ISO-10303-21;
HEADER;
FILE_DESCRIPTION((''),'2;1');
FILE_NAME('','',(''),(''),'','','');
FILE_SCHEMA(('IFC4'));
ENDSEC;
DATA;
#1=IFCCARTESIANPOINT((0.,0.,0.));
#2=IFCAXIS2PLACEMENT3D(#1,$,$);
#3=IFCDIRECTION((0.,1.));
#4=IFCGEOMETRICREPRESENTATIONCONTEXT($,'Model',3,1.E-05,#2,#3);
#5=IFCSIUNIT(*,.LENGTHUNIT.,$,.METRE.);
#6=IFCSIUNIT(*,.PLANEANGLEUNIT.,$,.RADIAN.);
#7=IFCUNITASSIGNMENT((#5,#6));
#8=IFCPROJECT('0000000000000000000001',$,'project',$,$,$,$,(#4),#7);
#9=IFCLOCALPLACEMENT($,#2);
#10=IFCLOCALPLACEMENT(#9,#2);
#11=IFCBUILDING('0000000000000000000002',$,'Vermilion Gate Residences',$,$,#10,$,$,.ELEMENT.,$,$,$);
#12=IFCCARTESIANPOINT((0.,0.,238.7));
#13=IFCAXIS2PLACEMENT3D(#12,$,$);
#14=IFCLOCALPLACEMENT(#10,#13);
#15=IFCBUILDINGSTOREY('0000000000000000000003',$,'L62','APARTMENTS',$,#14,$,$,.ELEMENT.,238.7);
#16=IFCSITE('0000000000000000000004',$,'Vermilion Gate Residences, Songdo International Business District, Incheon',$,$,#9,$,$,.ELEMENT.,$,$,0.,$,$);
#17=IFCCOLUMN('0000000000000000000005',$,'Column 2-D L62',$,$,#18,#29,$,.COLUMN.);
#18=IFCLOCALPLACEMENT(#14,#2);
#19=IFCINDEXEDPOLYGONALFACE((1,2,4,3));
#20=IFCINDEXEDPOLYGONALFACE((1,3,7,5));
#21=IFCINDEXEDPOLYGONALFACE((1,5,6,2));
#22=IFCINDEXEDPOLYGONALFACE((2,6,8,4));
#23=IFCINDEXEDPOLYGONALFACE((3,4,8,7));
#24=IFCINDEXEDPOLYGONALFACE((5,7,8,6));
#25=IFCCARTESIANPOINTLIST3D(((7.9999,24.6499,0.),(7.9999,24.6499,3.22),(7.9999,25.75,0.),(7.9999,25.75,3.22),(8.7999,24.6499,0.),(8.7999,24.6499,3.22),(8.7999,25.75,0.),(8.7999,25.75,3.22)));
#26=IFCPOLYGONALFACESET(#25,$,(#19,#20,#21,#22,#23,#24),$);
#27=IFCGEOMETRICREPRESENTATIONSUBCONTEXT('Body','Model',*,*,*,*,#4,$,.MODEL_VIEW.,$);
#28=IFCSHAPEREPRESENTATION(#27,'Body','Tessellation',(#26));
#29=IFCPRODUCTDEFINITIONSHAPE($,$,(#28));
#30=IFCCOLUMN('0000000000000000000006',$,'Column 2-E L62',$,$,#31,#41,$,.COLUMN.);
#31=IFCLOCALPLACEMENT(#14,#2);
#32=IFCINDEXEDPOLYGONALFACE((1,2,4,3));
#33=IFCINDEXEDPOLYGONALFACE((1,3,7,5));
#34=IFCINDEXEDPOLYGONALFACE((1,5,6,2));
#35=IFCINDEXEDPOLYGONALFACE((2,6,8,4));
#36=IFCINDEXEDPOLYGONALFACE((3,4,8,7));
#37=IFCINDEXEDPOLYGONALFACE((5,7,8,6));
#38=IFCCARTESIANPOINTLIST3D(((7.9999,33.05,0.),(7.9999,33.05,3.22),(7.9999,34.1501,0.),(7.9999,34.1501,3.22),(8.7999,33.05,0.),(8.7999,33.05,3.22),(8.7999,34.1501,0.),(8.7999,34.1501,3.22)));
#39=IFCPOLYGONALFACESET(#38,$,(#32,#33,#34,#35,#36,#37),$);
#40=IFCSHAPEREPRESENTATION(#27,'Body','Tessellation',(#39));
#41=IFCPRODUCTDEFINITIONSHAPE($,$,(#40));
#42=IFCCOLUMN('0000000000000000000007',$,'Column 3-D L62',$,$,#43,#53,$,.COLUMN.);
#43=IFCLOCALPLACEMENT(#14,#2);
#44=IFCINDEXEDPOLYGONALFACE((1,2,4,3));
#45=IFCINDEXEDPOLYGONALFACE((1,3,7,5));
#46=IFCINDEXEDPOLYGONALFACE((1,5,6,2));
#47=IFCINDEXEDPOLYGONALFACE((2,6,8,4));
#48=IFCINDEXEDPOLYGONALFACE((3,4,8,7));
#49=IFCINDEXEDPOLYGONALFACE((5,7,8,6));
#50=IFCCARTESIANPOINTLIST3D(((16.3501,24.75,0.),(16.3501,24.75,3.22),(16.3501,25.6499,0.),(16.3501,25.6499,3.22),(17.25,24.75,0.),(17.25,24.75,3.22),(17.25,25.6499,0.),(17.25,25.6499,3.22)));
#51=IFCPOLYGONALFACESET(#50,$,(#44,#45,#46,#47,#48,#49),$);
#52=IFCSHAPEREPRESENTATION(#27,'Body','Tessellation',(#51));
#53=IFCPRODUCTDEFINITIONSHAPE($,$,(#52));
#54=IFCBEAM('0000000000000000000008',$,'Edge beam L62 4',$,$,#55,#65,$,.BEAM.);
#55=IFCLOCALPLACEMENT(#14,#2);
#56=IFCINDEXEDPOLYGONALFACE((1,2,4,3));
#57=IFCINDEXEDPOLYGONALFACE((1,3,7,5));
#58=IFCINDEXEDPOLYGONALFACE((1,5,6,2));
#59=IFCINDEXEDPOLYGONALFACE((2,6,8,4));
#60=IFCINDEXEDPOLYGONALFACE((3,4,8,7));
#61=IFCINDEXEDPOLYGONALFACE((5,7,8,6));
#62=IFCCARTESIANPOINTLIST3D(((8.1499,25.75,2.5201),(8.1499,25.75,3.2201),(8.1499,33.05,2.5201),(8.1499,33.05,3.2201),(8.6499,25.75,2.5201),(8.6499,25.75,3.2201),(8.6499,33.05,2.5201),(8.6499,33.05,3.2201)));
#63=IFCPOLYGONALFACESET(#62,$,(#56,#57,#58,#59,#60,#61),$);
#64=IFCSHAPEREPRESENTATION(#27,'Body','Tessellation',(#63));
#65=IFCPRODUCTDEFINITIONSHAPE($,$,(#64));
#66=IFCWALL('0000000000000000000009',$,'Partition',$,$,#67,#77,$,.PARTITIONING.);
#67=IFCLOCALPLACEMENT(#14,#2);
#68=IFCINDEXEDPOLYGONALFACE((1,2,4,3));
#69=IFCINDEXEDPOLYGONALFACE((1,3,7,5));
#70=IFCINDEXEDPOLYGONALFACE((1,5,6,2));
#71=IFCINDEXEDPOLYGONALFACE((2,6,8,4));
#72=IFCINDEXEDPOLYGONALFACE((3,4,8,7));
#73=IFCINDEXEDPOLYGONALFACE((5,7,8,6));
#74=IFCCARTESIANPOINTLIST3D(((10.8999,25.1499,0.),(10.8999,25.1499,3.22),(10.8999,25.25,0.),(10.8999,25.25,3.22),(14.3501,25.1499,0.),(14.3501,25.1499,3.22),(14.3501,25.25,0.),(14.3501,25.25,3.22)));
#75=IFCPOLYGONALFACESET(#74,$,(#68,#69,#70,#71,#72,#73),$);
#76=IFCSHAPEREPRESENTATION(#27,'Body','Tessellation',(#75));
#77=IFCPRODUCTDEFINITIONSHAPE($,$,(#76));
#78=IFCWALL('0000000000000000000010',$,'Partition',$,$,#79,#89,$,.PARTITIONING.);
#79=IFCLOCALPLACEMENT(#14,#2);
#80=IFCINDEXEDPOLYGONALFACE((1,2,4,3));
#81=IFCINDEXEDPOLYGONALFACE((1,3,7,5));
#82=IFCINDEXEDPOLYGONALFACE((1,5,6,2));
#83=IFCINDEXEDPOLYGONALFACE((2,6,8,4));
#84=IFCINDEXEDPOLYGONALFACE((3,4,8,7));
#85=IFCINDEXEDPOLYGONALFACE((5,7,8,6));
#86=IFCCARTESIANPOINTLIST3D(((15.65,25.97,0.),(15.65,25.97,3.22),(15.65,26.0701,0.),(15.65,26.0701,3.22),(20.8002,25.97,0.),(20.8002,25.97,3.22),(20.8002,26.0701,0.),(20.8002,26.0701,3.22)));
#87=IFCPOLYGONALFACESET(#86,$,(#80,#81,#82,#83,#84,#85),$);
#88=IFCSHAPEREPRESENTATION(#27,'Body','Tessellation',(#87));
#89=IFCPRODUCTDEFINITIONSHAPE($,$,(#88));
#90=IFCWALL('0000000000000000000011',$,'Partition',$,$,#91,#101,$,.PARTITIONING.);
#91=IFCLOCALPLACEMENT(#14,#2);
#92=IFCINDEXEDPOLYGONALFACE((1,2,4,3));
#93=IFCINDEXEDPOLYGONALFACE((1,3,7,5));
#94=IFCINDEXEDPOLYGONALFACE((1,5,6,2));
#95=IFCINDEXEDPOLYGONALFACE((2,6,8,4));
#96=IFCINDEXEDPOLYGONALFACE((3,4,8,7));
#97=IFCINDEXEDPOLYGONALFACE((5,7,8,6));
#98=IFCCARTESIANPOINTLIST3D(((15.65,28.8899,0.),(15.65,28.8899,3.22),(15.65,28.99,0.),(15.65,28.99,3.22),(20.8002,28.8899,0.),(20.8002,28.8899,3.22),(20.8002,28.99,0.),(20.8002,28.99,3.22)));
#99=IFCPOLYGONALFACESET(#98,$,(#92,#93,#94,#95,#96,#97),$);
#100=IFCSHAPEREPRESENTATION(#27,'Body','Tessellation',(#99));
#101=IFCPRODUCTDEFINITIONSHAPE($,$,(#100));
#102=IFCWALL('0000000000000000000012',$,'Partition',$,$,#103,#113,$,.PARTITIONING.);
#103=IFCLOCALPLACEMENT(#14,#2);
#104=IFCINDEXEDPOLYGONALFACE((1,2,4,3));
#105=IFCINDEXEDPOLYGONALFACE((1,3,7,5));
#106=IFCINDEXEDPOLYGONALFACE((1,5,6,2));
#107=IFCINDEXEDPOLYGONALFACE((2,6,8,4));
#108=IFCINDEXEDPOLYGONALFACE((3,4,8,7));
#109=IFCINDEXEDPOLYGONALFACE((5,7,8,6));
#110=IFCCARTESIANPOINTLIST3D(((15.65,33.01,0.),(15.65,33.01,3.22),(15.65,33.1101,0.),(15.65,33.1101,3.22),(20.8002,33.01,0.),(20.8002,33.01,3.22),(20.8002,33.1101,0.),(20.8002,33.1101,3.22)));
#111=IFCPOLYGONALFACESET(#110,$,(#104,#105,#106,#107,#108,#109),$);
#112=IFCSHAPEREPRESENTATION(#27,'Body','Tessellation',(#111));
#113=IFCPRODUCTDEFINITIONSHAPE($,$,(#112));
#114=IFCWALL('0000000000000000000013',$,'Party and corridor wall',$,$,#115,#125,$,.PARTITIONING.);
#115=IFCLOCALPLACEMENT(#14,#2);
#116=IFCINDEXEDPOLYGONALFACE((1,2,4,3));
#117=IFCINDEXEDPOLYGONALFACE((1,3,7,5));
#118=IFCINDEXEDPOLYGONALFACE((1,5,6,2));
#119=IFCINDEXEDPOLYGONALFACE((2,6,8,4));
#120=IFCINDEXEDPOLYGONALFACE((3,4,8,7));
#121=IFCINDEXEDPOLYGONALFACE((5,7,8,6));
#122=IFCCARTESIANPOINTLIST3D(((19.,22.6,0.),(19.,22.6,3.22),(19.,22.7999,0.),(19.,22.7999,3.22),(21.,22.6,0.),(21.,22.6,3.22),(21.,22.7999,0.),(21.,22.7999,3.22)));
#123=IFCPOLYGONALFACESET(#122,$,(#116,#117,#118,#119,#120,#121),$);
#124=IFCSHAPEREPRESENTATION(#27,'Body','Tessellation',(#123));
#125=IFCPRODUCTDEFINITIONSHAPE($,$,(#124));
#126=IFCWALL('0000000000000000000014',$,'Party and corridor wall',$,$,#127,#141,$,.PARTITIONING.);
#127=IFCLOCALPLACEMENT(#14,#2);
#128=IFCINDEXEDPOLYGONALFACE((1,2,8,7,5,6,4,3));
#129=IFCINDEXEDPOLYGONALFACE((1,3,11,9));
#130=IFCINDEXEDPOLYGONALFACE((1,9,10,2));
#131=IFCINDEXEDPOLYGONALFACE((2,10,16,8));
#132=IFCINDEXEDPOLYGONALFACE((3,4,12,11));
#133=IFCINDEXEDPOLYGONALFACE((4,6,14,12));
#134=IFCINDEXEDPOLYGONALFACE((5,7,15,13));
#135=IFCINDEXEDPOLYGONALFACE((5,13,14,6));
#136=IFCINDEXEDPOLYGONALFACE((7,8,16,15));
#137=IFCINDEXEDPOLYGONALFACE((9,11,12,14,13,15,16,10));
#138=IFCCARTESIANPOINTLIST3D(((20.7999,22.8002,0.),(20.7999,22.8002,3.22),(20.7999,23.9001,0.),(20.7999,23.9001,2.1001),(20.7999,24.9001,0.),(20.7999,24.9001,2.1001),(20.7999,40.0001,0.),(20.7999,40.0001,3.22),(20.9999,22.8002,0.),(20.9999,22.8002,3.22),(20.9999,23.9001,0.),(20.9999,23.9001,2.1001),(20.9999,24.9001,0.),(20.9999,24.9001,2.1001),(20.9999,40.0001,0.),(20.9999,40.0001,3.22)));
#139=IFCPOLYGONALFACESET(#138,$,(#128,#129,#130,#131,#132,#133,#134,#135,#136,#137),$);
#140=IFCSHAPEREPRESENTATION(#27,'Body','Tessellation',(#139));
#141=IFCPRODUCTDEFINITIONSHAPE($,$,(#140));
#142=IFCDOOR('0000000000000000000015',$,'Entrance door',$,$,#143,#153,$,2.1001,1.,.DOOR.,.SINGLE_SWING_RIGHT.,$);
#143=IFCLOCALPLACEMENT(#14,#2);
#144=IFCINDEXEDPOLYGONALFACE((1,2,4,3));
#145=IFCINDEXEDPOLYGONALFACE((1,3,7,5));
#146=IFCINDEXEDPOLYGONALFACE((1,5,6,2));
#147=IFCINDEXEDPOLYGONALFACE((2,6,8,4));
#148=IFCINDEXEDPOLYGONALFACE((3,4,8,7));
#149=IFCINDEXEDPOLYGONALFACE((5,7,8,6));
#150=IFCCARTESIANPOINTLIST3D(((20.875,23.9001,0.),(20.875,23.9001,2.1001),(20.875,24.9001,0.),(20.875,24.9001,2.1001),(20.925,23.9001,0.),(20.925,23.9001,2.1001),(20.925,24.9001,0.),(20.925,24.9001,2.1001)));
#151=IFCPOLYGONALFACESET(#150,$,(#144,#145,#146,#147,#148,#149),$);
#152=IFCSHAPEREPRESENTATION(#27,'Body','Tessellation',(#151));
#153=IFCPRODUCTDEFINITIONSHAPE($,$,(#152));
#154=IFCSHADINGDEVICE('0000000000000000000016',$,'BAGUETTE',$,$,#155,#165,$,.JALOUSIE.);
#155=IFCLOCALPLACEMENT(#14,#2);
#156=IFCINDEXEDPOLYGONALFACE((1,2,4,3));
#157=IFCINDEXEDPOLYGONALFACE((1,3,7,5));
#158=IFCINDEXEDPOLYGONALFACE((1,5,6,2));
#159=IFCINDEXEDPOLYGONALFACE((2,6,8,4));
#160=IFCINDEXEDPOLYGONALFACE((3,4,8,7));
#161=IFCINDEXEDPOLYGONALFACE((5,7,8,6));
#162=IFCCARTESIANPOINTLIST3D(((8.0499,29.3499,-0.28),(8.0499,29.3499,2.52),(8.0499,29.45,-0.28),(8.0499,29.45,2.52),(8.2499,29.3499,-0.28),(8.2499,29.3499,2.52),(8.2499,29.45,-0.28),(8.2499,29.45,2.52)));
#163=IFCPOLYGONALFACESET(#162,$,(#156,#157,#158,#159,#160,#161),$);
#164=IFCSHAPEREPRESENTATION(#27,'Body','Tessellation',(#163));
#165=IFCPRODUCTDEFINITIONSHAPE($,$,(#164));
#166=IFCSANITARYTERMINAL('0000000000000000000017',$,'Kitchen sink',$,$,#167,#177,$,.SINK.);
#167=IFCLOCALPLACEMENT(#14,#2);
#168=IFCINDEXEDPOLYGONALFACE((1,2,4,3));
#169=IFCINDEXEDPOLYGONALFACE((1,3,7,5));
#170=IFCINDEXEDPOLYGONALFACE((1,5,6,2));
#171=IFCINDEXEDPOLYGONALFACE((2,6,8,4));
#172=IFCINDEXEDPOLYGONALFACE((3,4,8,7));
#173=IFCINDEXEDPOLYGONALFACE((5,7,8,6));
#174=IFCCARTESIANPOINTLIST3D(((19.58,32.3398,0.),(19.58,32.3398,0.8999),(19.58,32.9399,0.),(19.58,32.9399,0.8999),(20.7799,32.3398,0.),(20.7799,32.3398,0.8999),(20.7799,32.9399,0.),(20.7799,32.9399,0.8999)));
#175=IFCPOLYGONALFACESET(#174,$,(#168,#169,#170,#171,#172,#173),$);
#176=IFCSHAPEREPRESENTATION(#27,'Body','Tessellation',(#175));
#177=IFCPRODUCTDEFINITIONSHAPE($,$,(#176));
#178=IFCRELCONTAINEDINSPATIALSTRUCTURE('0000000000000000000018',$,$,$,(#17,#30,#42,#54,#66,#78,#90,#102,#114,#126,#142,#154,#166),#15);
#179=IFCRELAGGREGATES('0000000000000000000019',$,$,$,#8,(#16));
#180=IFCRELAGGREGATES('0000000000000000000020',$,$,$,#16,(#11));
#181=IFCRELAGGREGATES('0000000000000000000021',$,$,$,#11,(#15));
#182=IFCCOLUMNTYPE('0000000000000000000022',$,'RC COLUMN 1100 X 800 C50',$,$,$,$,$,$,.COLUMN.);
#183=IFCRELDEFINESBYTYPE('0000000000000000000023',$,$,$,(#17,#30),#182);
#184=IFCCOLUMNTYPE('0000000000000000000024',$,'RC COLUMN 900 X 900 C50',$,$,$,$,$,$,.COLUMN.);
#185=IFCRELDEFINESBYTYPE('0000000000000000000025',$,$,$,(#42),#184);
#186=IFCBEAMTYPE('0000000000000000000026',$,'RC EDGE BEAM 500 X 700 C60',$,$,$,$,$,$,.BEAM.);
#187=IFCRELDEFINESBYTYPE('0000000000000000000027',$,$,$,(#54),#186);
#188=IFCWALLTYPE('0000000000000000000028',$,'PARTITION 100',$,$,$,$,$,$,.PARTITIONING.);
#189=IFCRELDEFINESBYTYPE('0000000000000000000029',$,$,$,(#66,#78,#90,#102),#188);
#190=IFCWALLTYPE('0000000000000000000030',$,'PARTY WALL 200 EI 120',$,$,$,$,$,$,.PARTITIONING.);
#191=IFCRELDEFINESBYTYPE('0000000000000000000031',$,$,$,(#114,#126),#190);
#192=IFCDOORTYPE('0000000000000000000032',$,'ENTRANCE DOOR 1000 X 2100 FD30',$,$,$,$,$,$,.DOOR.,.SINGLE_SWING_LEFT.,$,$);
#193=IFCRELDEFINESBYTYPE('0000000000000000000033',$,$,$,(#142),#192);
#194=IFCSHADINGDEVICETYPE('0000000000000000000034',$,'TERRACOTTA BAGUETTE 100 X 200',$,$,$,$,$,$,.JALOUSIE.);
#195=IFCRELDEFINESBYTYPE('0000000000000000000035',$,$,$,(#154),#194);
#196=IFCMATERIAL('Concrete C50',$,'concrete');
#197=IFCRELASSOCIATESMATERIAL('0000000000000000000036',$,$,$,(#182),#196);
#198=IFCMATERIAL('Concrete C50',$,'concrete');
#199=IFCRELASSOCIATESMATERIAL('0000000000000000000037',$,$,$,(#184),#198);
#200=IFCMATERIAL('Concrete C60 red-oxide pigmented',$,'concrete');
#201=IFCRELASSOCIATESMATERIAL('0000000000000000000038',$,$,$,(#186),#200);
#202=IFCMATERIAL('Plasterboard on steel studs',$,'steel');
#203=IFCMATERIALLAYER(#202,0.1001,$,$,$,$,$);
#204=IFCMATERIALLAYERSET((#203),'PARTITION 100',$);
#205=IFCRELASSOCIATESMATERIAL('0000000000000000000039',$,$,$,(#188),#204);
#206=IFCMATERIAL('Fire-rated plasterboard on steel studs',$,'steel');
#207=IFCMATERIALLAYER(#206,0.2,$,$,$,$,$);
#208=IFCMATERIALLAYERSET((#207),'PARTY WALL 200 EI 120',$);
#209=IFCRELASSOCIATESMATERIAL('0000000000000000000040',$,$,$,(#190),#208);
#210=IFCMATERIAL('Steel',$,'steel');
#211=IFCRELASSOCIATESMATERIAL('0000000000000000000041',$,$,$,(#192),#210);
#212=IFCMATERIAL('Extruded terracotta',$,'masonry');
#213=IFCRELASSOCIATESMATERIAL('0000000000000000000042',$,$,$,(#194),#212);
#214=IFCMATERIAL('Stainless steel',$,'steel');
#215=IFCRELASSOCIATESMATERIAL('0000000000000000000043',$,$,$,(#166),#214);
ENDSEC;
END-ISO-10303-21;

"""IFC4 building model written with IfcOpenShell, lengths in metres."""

from ifc_helpers import new_model, si_unit, direction, frame, frame_2d, origin, origin_2d, place, context, subcontext, project, spatial, rectangle, extrude, material, layer, layer_set, material_profile, profile_set, type_object, element, fill, save


model = new_model("IFC4")

# Units and contexts
model_context = context("Model", 3, precision=1e-05, world=origin(), true_north=direction((0.0, 1.0)))
body_context = subcontext(model_context, "Body", "Model", "MODEL_VIEW")
ifc_project = project(units=[si_unit("LENGTHUNIT", "METRE"), si_unit("PLANEANGLEUNIT", "RADIAN")], contexts=[model_context])

# Site, building, storey
site_placement = place(None, origin())
site = spatial("IfcSite", under=ifc_project, at=site_placement, Name="Vermilion Gate Residences, Songdo International Business District, Incheon", CompositionType="ELEMENT", RefElevation=0.0)
building_placement = place(site_placement, origin())
building = spatial("IfcBuilding", under=site, at=building_placement, Name="Vermilion Gate Residences", CompositionType="ELEMENT")
storey_placement = place(building_placement, frame((0.0, 0.0, 238.7)))
storey = spatial("IfcBuildingStorey", under=building, at=storey_placement, Name="L62", Description="APARTMENTS", CompositionType="ELEMENT", Elevation=238.7)

# Columns
ifc_material_1 = material(Name="Concrete C50", Category="concrete")
ifc_material_profile_1 = material_profile(ifc_material_1, rectangle(XDim=1.1001, YDim=0.8, at=origin_2d()), Name="RC-1100x800")
ifc_profile_set_1 = profile_set([ifc_material_profile_1], Name="Concrete C50")
column_type_1 = type_object("IfcColumnType", Name="RC COLUMN 1100 X 800 C50", PredefinedType="COLUMN", material=ifc_profile_set_1)
for number, where, z_axis, x_axis, name in (
    (1, (8.3999, 25.2, 0.0), (0.0, 0.0, 1.0), (0.0, 1.0, 0.0), "Column 2-D L62"),
    (2, (8.3999, 33.6001, 0.0), (0.0, 0.0, 1.0), (0.0, 1.0, 0.0), "Column 2-E L62"),
):
    element("IfcColumn", number, at=place(storey_placement, frame(where, z_axis=z_axis, x_axis=x_axis)), inside=storey, type_object=column_type_1, Name=name, PredefinedType="COLUMN", context=body_context, shape_type="SweptSolid", body=[
        extrude(rectangle(XDim=1.1001, YDim=0.8, at=origin_2d()), origin(), (0.0, 0.0, 1.0), 3.22),
    ])
ifc_material_2 = material(Name="Concrete C50", Category="concrete")
ifc_material_profile_2 = material_profile(ifc_material_2, rectangle(XDim=0.8999, YDim=0.8999, at=origin_2d()), Name="RC-900x900")
ifc_profile_set_2 = profile_set([ifc_material_profile_2], Name="Concrete C50")
column_type_2 = type_object("IfcColumnType", Name="RC COLUMN 900 X 900 C50", PredefinedType="COLUMN", material=ifc_profile_set_2)
column_placement = place(storey_placement, frame((16.8, 25.2, 0.0), z_axis=(0.0, 0.0, 1.0), x_axis=(1.0, 0.0, 0.0)))
element("IfcColumn", 3, at=column_placement, inside=storey, type_object=column_type_2, Name="Column 3-D L62", PredefinedType="COLUMN", context=body_context, shape_type="SweptSolid", body=[
    extrude(rectangle(XDim=0.8999, YDim=0.8999, at=origin_2d()), origin(), (0.0, 0.0, 1.0), 3.22),
])

# Beam
ifc_material_3 = material(Name="Concrete C60 red-oxide pigmented", Category="concrete")
ifc_material_profile_3 = material_profile(ifc_material_3, rectangle(XDim=0.5, YDim=0.7, at=origin_2d()), Name="RC-500x700")
ifc_profile_set_3 = profile_set([ifc_material_profile_3], Name="Concrete C60 red-oxide pigmented")
beam_type = type_object("IfcBeamType", Name="RC EDGE BEAM 500 X 700 C60", PredefinedType="BEAM", material=ifc_profile_set_3)
beam_placement = place(storey_placement, frame((8.3999, 25.75, 2.8701), z_axis=(0.0, 1.0, 0.0), x_axis=(-1.0, 0.0, 0.0)))
element("IfcBeam", 4, at=beam_placement, inside=storey, type_object=beam_type, Name="Edge beam L62 4", PredefinedType="BEAM", context=body_context, shape_type="SweptSolid", body=[
    extrude(rectangle(XDim=0.5, YDim=0.7, at=origin_2d()), origin(), (0.0, 0.0, 1.0), 7.3),
])

# Walls
ifc_material_4 = material(Name="Plasterboard on steel studs", Category="steel")
ifc_layer_1 = layer(ifc_material_4, 0.1001)
ifc_layer_set_1 = layer_set([ifc_layer_1], Name="PARTITION 100")
wall_type_1 = type_object("IfcWallType", Name="PARTITION 100", PredefinedType="PARTITIONING", material=ifc_layer_set_1)
wall_1_placement = place(storey_placement, frame((10.8999, 25.2, 0.0), z_axis=(0.0, 0.0, 1.0), x_axis=(1.0, 0.0, 0.0)))
element("IfcWall", 5, at=wall_1_placement, inside=storey, type_object=wall_type_1, Name="Partition", PredefinedType="PARTITIONING", context=body_context, shape_type="SweptSolid", body=[
    extrude(rectangle(XDim=3.4502, YDim=0.1001, at=frame_2d((1.7251, 0.0))), origin(), (0.0, 0.0, 1.0), 3.22),
])
for number, where, z_axis, x_axis, name in (
    (6, (15.6499, 26.02, 0.0), (0.0, 0.0, 1.0), (1.0, 0.0, 0.0), "Partition"),
    (7, (15.6499, 28.9399, 0.0), (0.0, 0.0, 1.0), (1.0, 0.0, 0.0), "Partition"),
    (8, (15.6499, 33.0601, 0.0), (0.0, 0.0, 1.0), (1.0, 0.0, 0.0), "Partition"),
):
    element("IfcWall", number, at=place(storey_placement, frame(where, z_axis=z_axis, x_axis=x_axis)), inside=storey, type_object=wall_type_1, Name=name, PredefinedType="PARTITIONING", context=body_context, shape_type="SweptSolid", body=[
        extrude(rectangle(XDim=5.1501, YDim=0.1001, at=frame_2d((2.5752, 0.0))), origin(), (0.0, 0.0, 1.0), 3.22),
    ])
ifc_material_5 = material(Name="Fire-rated plasterboard on steel studs", Category="steel")
ifc_layer_2 = layer(ifc_material_5, 0.2)
ifc_layer_set_2 = layer_set([ifc_layer_2], Name="PARTY WALL 200 EI 120")
wall_type_2 = type_object("IfcWallType", Name="PARTY WALL 200 EI 120", PredefinedType="PARTITIONING", material=ifc_layer_set_2)
wall_2_placement = place(storey_placement, frame((19.0, 22.7, 0.0), z_axis=(0.0, 0.0, 1.0), x_axis=(1.0, 0.0, 0.0)))
element("IfcWall", 9, at=wall_2_placement, inside=storey, type_object=wall_type_2, Name="Party and corridor wall", PredefinedType="PARTITIONING", context=body_context, shape_type="SweptSolid", body=[
    extrude(rectangle(XDim=2.0, YDim=0.2, at=frame_2d((1.0, 0.0))), origin(), (0.0, 0.0, 1.0), 3.22),
])

# Wall, opening, door
wall_3_placement = place(storey_placement, frame((20.8999, 22.8, 0.0), z_axis=(0.0, 0.0, 1.0), x_axis=(0.0, 1.0, 0.0)))
wall_3 = element("IfcWall", 10, at=wall_3_placement, inside=storey, type_object=wall_type_2, Name="Party and corridor wall", PredefinedType="PARTITIONING", context=body_context, shape_type="SweptSolid", body=[
    extrude(rectangle(XDim=17.2, YDim=0.2, at=frame_2d((8.6001, 0.0))), origin(), (0.0, 0.0, 1.0), 3.22),
])
opening_placement = place(wall_3_placement, frame((1.1001, 0.0, 0.0)))
opening = element("IfcOpeningElement", 11, at=opening_placement, cuts=wall_3, PredefinedType="OPENING", context=body_context, shape_type="SweptSolid", body=[
    extrude(rectangle(XDim=1.0, YDim=2.1001, at=frame_2d((0.5, 1.05))), frame((0.0, 0.1099, 0.0), z_axis=(0.0, -1.0, 0.0), x_axis=(1.0, 0.0, 0.0)), (0.0, 0.0, 1.0), 0.22),
])
ifc_material_6 = material(Name="Steel", Category="steel")
door_type = type_object("IfcDoorType", Name="ENTRANCE DOOR 1000 X 2100 FD30", OperationType="SINGLE_SWING_LEFT", PredefinedType="DOOR", material=ifc_material_6)
door_placement = place(opening_placement, origin())
door = element("IfcDoor", 12, at=door_placement, inside=storey, type_object=door_type, Name="Entrance door", OperationType="SINGLE_SWING_RIGHT", OverallHeight=2.1001, OverallWidth=1.0, PredefinedType="DOOR", context=body_context, shape_type="SweptSolid", body=[
    extrude(rectangle(XDim=1.0, YDim=2.1001, at=frame_2d((0.5, 1.05))), frame((0.0, 0.0249, 0.0), z_axis=(0.0, -1.0, 0.0), x_axis=(1.0, 0.0, 0.0)), (0.0, 0.0, 1.0), 0.05),
])
fill(opening, door)

# Shading device
ifc_material_7 = material(Name="Extruded terracotta", Category="masonry")
ifc_material_profile_4 = material_profile(ifc_material_7, rectangle(XDim=0.2, YDim=0.1001, at=origin_2d()), Name="BAGUETTE 100 X 200")
ifc_profile_set_4 = profile_set([ifc_material_profile_4], Name="Extruded terracotta")
shading_device_type = type_object("IfcShadingDeviceType", Name="TERRACOTTA BAGUETTE 100 X 200", PredefinedType="JALOUSIE", material=ifc_profile_set_4)
shading_device_placement = place(storey_placement, frame((8.1499, 29.3999, -0.28), z_axis=(0.0, 0.0, 1.0), x_axis=(1.0, 0.0, 0.0)))
element("IfcShadingDevice", 13, at=shading_device_placement, inside=storey, type_object=shading_device_type, Name="BAGUETTE", PredefinedType="JALOUSIE", context=body_context, shape_type="SweptSolid", body=[
    extrude(rectangle(XDim=0.2, YDim=0.1001, at=origin_2d()), origin(), (0.0, 0.0, 1.0), 2.8),
])

# Sanitary terminal
ifc_material_8 = material(Name="Stainless steel", Category="steel")
sanitary_terminal_1_placement = place(storey_placement, frame((20.1799, 32.6399, 0.0), z_axis=(0.0, 0.0, 1.0), x_axis=(1.0, 0.0, 0.0)))
element("IfcSanitaryTerminal", 14, at=sanitary_terminal_1_placement, inside=storey, material=ifc_material_8, Name="Kitchen sink", PredefinedType="SINK", context=body_context, shape_type="SweptSolid", body=[
    extrude(rectangle(XDim=1.2, YDim=0.6001, at=origin_2d()), origin(), (0.0, 0.0, 1.0), 0.8999),
])

save(model, "model.ifc")
